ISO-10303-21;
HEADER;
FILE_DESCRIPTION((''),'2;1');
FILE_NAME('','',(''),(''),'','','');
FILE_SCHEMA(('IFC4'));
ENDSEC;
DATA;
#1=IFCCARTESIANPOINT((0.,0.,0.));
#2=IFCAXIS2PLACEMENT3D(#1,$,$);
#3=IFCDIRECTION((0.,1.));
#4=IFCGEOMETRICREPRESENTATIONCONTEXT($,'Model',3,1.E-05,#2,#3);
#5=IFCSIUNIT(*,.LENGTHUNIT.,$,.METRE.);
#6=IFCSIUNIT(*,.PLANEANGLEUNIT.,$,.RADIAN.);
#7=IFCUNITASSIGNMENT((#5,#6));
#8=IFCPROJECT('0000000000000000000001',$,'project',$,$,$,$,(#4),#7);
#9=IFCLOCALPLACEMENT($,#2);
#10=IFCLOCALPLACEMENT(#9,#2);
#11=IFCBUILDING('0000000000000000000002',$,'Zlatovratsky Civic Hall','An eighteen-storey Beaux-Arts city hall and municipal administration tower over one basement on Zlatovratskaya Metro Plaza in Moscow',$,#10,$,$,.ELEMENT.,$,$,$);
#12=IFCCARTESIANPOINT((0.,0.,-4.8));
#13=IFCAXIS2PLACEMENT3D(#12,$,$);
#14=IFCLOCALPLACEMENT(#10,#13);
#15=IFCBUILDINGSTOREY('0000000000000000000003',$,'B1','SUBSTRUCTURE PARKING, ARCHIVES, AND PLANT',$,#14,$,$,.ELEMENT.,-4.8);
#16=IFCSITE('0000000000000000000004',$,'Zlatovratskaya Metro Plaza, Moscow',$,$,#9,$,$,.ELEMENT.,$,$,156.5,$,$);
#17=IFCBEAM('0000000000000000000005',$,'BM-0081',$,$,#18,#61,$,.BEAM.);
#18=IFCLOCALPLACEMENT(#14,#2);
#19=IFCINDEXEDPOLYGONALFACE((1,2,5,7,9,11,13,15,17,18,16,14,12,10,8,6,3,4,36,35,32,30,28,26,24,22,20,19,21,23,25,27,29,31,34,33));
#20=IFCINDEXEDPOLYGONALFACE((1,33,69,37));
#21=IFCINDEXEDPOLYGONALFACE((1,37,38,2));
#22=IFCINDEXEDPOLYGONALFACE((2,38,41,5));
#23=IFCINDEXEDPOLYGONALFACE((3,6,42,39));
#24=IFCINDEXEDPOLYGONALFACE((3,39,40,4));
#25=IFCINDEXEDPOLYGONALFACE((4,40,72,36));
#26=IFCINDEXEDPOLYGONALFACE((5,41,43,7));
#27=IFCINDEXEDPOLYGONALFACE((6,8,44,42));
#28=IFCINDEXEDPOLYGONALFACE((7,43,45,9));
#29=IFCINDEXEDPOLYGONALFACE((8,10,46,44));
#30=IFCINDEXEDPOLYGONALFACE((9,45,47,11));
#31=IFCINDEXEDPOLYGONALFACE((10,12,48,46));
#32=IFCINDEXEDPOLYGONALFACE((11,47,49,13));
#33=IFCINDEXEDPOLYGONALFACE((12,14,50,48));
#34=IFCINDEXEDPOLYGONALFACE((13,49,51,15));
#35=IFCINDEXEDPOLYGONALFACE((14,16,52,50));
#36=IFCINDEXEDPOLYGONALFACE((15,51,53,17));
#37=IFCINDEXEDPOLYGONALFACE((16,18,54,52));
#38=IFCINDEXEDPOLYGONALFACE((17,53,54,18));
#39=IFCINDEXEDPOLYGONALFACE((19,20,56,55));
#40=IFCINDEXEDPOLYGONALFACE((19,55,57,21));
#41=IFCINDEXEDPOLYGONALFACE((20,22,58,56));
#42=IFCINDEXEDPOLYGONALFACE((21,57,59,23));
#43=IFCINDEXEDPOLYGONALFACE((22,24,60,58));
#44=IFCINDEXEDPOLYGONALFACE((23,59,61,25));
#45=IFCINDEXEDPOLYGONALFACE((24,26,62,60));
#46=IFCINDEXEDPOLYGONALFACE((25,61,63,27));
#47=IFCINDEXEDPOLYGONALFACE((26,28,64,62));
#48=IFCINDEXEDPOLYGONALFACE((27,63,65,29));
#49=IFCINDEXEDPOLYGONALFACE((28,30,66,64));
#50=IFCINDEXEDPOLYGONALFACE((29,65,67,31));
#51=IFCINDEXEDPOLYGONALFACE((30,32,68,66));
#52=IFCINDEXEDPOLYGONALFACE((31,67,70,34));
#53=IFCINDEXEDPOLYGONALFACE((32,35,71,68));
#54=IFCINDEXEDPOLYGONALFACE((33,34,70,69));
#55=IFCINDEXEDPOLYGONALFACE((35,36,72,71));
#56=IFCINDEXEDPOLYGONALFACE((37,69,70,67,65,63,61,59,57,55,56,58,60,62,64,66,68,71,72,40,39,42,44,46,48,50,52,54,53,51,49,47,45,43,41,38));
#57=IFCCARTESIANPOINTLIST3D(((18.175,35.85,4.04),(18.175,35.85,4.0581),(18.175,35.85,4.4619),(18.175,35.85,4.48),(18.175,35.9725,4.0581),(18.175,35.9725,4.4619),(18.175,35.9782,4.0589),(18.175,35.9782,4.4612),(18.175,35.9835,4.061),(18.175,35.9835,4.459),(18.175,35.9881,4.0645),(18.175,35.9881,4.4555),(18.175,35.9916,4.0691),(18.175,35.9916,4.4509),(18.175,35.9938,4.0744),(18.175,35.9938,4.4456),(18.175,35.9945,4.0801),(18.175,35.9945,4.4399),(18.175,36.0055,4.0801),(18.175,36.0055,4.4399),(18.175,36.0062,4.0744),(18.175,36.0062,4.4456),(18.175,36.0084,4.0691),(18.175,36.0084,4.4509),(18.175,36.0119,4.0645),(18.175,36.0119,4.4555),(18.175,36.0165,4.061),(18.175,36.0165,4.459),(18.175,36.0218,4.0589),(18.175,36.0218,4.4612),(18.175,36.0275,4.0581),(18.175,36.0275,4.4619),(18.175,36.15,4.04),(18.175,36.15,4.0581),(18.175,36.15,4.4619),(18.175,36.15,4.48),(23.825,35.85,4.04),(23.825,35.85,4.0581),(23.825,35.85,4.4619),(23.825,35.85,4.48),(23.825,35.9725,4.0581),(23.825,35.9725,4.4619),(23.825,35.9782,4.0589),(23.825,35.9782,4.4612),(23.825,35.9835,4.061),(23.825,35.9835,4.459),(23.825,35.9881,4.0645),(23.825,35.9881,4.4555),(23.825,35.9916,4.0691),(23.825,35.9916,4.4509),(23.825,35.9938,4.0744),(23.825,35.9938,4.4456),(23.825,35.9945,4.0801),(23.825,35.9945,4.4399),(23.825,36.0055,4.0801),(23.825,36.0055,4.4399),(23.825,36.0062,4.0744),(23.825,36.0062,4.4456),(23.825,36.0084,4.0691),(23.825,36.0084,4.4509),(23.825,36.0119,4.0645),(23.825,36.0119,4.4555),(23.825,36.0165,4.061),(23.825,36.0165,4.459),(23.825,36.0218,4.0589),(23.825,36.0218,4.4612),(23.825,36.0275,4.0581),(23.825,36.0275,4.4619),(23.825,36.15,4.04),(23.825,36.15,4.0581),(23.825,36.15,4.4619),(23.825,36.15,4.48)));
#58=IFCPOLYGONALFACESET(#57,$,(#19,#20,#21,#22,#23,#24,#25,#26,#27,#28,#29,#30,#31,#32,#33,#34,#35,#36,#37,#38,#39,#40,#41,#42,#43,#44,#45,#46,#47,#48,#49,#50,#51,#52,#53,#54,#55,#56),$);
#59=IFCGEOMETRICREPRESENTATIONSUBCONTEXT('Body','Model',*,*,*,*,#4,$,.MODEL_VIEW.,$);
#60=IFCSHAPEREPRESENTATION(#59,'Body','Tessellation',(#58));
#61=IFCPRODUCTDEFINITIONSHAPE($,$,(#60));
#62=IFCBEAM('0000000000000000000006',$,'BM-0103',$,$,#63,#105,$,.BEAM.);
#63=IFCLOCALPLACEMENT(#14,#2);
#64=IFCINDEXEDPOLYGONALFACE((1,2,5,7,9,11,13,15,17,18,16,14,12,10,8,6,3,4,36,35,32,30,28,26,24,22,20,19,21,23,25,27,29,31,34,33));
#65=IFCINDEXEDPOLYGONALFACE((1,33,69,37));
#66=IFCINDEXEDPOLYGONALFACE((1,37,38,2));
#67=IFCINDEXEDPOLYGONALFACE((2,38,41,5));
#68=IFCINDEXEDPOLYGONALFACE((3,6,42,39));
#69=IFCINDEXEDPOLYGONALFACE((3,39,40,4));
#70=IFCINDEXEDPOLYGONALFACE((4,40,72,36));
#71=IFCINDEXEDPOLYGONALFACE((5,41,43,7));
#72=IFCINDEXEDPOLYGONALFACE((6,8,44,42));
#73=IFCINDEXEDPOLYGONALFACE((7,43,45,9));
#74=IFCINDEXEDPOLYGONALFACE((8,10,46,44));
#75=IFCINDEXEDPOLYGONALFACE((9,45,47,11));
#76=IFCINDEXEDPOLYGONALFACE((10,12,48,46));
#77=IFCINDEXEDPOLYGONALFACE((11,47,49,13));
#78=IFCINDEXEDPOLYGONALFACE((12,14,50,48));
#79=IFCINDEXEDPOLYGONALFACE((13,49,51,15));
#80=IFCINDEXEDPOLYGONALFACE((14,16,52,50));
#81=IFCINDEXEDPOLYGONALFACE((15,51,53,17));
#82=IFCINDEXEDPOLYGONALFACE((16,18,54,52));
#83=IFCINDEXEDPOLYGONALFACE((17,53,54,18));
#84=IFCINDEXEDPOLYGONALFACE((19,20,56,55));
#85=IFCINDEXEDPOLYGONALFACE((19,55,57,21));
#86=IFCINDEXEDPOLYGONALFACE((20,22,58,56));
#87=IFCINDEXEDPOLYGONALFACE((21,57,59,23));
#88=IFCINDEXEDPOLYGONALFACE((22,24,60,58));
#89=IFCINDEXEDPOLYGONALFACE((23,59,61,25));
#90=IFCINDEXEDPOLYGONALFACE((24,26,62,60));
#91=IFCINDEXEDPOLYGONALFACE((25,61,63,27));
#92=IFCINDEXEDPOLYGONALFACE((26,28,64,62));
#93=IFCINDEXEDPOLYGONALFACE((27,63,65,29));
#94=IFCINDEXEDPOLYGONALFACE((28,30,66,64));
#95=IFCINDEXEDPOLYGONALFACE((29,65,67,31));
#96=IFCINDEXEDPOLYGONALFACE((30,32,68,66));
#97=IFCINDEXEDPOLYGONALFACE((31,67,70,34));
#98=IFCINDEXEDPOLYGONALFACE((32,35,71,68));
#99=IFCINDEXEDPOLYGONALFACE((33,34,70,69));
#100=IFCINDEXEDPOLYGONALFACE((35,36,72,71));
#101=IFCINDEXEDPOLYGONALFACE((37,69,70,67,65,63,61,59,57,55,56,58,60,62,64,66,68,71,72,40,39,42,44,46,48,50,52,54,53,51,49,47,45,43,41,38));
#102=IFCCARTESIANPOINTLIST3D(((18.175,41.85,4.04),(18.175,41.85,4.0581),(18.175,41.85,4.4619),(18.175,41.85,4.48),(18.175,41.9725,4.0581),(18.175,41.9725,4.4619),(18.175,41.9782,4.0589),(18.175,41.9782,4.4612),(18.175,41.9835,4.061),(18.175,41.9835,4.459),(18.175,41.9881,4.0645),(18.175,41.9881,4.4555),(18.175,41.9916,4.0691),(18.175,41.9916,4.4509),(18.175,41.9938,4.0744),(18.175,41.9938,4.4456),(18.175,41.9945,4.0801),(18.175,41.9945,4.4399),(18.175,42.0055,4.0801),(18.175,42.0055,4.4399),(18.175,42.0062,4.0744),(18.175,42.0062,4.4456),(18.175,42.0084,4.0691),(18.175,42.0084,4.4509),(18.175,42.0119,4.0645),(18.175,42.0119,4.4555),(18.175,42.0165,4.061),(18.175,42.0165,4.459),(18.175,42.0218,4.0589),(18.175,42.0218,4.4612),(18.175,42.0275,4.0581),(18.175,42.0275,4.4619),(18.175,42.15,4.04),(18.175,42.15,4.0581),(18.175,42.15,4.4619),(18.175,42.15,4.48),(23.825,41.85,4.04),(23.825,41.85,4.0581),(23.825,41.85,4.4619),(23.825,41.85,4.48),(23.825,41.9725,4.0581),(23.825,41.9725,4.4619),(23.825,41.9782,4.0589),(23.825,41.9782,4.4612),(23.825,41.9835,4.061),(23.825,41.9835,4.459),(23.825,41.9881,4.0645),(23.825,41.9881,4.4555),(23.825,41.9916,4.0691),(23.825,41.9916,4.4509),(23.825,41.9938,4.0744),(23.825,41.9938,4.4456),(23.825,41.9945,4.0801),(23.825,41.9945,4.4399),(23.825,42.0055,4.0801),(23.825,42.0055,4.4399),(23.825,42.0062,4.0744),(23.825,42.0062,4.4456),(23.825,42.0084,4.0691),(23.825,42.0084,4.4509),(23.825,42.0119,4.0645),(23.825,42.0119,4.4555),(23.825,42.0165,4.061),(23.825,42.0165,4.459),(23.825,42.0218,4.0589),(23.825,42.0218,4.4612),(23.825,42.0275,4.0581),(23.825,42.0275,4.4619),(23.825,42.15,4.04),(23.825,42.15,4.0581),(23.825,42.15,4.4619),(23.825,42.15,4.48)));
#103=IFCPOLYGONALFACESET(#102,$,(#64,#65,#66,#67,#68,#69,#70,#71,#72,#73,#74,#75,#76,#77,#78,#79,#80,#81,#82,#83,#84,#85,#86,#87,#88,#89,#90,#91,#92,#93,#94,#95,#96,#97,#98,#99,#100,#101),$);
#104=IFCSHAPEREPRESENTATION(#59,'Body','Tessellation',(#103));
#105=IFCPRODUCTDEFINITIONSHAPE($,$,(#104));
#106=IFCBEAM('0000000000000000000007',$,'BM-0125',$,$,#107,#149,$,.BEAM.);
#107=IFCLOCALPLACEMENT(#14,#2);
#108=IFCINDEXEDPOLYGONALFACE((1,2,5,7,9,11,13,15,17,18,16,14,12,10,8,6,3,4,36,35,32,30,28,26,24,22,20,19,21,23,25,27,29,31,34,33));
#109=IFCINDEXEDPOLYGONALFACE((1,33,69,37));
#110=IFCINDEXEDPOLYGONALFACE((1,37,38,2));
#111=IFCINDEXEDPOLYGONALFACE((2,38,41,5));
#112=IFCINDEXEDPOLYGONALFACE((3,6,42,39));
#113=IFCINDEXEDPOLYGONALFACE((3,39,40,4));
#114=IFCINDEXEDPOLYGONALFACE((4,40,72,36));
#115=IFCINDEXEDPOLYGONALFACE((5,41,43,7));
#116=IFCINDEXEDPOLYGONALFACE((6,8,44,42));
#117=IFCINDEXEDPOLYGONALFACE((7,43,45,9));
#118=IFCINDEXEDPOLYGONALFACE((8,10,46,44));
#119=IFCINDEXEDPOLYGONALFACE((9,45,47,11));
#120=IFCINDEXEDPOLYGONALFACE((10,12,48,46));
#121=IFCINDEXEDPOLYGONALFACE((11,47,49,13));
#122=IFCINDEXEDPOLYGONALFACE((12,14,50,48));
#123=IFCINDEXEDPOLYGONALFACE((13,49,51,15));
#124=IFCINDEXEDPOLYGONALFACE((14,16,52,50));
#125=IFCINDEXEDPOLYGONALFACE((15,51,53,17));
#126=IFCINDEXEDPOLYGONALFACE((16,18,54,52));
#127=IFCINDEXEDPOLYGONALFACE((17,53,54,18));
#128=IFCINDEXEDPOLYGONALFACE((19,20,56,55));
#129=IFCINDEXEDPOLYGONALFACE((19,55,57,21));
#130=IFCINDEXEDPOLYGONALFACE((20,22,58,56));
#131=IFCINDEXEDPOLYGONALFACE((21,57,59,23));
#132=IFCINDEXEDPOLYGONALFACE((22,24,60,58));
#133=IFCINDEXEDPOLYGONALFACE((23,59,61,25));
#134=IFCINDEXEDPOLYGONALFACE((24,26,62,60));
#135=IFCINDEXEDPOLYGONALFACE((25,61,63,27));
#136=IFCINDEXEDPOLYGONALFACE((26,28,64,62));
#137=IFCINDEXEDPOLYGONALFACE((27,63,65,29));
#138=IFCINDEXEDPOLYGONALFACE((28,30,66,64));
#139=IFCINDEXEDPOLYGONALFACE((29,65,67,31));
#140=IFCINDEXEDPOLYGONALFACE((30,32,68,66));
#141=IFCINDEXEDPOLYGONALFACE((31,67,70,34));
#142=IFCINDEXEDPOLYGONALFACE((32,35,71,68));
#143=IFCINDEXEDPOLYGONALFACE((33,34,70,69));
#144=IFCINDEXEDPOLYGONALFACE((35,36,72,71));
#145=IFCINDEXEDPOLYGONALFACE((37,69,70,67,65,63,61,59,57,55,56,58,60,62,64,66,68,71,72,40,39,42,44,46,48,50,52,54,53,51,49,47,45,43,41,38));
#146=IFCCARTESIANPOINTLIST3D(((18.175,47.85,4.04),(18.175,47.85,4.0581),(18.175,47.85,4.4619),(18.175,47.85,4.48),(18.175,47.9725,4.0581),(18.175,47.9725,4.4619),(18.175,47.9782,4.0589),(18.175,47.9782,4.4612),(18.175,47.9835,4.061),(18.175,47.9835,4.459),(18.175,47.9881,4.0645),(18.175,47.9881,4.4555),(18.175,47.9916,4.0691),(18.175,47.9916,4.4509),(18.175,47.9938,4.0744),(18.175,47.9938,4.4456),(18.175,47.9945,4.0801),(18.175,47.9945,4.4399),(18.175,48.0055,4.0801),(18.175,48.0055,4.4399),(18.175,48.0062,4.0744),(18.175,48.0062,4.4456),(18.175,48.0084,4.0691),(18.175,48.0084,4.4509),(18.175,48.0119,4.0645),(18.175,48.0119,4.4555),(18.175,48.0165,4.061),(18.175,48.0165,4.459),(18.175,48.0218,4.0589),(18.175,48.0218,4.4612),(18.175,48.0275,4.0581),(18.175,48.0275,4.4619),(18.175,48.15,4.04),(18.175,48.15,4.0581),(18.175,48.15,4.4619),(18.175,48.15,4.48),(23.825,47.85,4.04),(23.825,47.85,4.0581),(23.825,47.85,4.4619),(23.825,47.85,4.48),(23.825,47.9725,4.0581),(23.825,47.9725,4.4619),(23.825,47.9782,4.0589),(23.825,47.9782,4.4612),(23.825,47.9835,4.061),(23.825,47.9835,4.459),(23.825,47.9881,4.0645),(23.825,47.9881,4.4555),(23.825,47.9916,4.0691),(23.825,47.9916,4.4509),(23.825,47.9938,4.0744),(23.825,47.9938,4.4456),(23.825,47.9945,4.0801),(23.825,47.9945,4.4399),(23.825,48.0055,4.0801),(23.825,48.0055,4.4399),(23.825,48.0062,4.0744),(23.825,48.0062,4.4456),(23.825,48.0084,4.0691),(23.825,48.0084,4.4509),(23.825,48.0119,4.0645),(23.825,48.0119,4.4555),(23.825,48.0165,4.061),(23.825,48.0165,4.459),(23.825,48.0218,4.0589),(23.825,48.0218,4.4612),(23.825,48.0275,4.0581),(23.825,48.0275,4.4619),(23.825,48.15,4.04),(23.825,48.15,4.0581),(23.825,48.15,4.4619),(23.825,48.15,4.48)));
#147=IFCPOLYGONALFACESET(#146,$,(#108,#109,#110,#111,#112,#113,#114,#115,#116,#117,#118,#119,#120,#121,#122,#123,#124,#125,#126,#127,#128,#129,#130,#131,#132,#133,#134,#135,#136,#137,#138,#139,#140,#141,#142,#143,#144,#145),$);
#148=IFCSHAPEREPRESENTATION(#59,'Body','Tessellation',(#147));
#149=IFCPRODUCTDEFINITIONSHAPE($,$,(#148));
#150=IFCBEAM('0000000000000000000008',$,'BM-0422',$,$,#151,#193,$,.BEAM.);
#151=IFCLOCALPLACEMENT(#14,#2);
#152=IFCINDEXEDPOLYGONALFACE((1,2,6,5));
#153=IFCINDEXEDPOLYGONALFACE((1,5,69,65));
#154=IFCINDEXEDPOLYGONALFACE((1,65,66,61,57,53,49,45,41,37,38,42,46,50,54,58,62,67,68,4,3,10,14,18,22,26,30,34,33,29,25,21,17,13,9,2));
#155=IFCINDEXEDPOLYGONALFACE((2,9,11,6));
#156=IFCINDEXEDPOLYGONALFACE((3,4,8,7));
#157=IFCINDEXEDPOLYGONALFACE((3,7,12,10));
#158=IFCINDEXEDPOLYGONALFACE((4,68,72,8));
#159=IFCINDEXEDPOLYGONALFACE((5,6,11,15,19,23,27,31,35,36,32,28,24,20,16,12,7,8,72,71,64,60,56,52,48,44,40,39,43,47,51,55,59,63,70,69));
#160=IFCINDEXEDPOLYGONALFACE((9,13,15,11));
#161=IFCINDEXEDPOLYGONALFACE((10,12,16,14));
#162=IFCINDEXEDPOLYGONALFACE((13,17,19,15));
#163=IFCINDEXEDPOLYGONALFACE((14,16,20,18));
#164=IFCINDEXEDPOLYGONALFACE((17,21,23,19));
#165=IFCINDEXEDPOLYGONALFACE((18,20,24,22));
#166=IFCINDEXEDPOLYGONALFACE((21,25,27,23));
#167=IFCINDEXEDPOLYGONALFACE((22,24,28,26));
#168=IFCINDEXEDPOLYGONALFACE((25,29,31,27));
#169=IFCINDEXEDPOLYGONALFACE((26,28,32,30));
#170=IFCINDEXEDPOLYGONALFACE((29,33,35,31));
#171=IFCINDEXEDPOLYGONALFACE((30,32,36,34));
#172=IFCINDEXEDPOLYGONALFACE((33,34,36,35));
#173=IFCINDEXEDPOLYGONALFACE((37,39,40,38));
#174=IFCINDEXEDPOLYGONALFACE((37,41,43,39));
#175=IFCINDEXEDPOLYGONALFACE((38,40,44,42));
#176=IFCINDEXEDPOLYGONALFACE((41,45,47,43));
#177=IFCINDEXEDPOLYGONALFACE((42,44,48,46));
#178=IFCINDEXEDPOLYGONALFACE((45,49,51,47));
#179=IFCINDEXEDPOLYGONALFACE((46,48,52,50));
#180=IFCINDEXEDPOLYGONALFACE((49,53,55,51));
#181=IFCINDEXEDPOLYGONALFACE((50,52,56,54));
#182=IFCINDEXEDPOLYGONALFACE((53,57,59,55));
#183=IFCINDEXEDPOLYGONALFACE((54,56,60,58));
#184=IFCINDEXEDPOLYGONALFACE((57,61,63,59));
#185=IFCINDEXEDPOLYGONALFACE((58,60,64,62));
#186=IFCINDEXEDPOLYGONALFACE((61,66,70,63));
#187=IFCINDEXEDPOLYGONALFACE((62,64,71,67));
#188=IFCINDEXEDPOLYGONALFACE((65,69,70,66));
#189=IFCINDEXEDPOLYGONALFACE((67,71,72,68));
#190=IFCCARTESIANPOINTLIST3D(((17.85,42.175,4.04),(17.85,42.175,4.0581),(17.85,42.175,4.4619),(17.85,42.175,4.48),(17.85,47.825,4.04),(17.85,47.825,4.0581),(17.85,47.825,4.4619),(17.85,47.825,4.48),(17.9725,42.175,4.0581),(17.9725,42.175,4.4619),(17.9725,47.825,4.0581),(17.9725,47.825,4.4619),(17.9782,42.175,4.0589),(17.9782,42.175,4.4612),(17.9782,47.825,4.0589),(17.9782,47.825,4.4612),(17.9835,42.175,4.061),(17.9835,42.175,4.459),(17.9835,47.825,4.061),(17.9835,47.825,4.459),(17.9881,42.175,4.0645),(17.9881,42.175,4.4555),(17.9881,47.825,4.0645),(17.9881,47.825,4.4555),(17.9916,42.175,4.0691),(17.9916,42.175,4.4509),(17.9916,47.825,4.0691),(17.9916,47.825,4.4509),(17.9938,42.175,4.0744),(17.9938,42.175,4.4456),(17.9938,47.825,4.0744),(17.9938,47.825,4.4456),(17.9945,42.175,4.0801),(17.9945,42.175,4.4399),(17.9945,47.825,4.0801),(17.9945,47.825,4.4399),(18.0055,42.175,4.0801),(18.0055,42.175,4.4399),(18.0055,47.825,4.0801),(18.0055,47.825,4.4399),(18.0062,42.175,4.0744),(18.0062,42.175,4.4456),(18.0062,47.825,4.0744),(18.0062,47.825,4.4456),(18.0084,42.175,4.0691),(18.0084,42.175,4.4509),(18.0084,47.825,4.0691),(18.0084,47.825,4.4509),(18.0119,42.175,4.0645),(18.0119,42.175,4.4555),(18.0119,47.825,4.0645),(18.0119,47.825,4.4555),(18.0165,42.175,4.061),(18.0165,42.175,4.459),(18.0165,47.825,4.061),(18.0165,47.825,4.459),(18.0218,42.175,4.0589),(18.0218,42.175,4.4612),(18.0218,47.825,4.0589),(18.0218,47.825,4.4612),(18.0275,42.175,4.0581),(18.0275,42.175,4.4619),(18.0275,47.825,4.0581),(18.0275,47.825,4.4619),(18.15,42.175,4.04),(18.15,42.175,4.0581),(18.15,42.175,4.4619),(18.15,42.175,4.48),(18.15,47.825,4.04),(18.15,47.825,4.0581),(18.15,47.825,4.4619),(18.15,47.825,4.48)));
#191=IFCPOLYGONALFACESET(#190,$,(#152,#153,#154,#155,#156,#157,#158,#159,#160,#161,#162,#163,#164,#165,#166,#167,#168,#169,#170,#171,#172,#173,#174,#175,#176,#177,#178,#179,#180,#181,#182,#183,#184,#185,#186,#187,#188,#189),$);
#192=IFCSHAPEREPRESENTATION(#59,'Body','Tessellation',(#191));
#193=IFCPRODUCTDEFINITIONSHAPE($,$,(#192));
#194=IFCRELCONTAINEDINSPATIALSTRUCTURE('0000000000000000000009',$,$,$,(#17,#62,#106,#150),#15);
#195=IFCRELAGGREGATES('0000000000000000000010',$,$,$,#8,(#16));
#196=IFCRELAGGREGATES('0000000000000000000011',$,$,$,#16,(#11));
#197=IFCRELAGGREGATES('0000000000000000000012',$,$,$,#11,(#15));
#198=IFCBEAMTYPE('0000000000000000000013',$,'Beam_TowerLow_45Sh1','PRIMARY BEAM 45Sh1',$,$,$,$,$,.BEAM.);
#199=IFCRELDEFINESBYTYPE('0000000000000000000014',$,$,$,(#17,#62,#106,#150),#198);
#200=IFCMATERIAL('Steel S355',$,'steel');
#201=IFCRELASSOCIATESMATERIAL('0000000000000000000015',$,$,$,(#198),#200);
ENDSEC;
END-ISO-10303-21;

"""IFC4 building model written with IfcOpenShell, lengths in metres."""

from ifc_helpers import new_model, si_unit, direction, frame, origin, origin_2d, place, context, subcontext, project, spatial, i_section, extrude, material, material_profile, profile_set, type_object, element, save


model = new_model("IFC4")

# Units and contexts
model_context = context("Model", 3, precision=1e-05, world=origin(), true_north=direction((0.0, 1.0)))
body_context = subcontext(model_context, "Body", "Model", "MODEL_VIEW")
ifc_project = project(units=[si_unit("LENGTHUNIT", "METRE"), si_unit("PLANEANGLEUNIT", "RADIAN")], contexts=[model_context])

# Site, building, storey
site_placement = place(None, origin())
site = spatial("IfcSite", under=ifc_project, at=site_placement, Name="Zlatovratskaya Metro Plaza, Moscow", CompositionType="ELEMENT", RefElevation=156.5)
building_placement = place(site_placement, origin())
building = spatial("IfcBuilding", under=site, at=building_placement, Name="Zlatovratsky Civic Hall", Description="An eighteen-storey Beaux-Arts city hall and municipal administration tower over one basement on Zlatovratskaya Metro Plaza in Moscow", CompositionType="ELEMENT")
storey_placement = place(building_placement, frame((0.0, 0.0, -4.8)))
storey = spatial("IfcBuildingStorey", under=building, at=storey_placement, Name="B1", Description="SUBSTRUCTURE PARKING, ARCHIVES, AND PLANT", CompositionType="ELEMENT", Elevation=-4.8)

# Shared definitions
ifc_material_1 = material(Name="Steel S355", Category="steel")

# Beams
ifc_material_profile_1 = material_profile(ifc_material_1, i_section(OverallWidth=0.3, OverallDepth=0.4399, WebThickness=0.011, FlangeThickness=0.0181, FilletRadius=0.022, at=origin_2d()), Name="45Sh1")
ifc_profile_set_1 = profile_set([ifc_material_profile_1], Name="Steel S355")
beam_type = type_object("IfcBeamType", Name="Beam_TowerLow_45Sh1", Description="PRIMARY BEAM 45Sh1", PredefinedType="BEAM", material=ifc_profile_set_1)
for number, where, z_axis, x_axis, name in (
    (1, (18.175, 36.0, 4.26), (1.0, 0.0, 0.0), (0.0, 1.0, 0.0), "BM-0081"),
    (2, (18.175, 42.0, 4.26), (1.0, 0.0, 0.0), (0.0, 1.0, 0.0), "BM-0103"),
    (3, (18.175, 48.0, 4.26), (1.0, 0.0, 0.0), (0.0, 1.0, 0.0), "BM-0125"),
    (4, (18.0, 42.175, 4.26), (0.0, 1.0, 0.0), (-1.0, 0.0, 0.0), "BM-0422"),
):
    element("IfcBeam", number, at=place(storey_placement, frame(where, z_axis=z_axis, x_axis=x_axis)), inside=storey, type_object=beam_type, Name=name, PredefinedType="BEAM", context=body_context, shape_type="SweptSolid", body=[
        extrude(i_section(OverallWidth=0.3, OverallDepth=0.4399, WebThickness=0.011, FlangeThickness=0.0181, FilletRadius=0.022, at=origin_2d()), origin(), (0.0, 0.0, 1.0), 5.6499),
    ])

save(model, "model.ifc")
